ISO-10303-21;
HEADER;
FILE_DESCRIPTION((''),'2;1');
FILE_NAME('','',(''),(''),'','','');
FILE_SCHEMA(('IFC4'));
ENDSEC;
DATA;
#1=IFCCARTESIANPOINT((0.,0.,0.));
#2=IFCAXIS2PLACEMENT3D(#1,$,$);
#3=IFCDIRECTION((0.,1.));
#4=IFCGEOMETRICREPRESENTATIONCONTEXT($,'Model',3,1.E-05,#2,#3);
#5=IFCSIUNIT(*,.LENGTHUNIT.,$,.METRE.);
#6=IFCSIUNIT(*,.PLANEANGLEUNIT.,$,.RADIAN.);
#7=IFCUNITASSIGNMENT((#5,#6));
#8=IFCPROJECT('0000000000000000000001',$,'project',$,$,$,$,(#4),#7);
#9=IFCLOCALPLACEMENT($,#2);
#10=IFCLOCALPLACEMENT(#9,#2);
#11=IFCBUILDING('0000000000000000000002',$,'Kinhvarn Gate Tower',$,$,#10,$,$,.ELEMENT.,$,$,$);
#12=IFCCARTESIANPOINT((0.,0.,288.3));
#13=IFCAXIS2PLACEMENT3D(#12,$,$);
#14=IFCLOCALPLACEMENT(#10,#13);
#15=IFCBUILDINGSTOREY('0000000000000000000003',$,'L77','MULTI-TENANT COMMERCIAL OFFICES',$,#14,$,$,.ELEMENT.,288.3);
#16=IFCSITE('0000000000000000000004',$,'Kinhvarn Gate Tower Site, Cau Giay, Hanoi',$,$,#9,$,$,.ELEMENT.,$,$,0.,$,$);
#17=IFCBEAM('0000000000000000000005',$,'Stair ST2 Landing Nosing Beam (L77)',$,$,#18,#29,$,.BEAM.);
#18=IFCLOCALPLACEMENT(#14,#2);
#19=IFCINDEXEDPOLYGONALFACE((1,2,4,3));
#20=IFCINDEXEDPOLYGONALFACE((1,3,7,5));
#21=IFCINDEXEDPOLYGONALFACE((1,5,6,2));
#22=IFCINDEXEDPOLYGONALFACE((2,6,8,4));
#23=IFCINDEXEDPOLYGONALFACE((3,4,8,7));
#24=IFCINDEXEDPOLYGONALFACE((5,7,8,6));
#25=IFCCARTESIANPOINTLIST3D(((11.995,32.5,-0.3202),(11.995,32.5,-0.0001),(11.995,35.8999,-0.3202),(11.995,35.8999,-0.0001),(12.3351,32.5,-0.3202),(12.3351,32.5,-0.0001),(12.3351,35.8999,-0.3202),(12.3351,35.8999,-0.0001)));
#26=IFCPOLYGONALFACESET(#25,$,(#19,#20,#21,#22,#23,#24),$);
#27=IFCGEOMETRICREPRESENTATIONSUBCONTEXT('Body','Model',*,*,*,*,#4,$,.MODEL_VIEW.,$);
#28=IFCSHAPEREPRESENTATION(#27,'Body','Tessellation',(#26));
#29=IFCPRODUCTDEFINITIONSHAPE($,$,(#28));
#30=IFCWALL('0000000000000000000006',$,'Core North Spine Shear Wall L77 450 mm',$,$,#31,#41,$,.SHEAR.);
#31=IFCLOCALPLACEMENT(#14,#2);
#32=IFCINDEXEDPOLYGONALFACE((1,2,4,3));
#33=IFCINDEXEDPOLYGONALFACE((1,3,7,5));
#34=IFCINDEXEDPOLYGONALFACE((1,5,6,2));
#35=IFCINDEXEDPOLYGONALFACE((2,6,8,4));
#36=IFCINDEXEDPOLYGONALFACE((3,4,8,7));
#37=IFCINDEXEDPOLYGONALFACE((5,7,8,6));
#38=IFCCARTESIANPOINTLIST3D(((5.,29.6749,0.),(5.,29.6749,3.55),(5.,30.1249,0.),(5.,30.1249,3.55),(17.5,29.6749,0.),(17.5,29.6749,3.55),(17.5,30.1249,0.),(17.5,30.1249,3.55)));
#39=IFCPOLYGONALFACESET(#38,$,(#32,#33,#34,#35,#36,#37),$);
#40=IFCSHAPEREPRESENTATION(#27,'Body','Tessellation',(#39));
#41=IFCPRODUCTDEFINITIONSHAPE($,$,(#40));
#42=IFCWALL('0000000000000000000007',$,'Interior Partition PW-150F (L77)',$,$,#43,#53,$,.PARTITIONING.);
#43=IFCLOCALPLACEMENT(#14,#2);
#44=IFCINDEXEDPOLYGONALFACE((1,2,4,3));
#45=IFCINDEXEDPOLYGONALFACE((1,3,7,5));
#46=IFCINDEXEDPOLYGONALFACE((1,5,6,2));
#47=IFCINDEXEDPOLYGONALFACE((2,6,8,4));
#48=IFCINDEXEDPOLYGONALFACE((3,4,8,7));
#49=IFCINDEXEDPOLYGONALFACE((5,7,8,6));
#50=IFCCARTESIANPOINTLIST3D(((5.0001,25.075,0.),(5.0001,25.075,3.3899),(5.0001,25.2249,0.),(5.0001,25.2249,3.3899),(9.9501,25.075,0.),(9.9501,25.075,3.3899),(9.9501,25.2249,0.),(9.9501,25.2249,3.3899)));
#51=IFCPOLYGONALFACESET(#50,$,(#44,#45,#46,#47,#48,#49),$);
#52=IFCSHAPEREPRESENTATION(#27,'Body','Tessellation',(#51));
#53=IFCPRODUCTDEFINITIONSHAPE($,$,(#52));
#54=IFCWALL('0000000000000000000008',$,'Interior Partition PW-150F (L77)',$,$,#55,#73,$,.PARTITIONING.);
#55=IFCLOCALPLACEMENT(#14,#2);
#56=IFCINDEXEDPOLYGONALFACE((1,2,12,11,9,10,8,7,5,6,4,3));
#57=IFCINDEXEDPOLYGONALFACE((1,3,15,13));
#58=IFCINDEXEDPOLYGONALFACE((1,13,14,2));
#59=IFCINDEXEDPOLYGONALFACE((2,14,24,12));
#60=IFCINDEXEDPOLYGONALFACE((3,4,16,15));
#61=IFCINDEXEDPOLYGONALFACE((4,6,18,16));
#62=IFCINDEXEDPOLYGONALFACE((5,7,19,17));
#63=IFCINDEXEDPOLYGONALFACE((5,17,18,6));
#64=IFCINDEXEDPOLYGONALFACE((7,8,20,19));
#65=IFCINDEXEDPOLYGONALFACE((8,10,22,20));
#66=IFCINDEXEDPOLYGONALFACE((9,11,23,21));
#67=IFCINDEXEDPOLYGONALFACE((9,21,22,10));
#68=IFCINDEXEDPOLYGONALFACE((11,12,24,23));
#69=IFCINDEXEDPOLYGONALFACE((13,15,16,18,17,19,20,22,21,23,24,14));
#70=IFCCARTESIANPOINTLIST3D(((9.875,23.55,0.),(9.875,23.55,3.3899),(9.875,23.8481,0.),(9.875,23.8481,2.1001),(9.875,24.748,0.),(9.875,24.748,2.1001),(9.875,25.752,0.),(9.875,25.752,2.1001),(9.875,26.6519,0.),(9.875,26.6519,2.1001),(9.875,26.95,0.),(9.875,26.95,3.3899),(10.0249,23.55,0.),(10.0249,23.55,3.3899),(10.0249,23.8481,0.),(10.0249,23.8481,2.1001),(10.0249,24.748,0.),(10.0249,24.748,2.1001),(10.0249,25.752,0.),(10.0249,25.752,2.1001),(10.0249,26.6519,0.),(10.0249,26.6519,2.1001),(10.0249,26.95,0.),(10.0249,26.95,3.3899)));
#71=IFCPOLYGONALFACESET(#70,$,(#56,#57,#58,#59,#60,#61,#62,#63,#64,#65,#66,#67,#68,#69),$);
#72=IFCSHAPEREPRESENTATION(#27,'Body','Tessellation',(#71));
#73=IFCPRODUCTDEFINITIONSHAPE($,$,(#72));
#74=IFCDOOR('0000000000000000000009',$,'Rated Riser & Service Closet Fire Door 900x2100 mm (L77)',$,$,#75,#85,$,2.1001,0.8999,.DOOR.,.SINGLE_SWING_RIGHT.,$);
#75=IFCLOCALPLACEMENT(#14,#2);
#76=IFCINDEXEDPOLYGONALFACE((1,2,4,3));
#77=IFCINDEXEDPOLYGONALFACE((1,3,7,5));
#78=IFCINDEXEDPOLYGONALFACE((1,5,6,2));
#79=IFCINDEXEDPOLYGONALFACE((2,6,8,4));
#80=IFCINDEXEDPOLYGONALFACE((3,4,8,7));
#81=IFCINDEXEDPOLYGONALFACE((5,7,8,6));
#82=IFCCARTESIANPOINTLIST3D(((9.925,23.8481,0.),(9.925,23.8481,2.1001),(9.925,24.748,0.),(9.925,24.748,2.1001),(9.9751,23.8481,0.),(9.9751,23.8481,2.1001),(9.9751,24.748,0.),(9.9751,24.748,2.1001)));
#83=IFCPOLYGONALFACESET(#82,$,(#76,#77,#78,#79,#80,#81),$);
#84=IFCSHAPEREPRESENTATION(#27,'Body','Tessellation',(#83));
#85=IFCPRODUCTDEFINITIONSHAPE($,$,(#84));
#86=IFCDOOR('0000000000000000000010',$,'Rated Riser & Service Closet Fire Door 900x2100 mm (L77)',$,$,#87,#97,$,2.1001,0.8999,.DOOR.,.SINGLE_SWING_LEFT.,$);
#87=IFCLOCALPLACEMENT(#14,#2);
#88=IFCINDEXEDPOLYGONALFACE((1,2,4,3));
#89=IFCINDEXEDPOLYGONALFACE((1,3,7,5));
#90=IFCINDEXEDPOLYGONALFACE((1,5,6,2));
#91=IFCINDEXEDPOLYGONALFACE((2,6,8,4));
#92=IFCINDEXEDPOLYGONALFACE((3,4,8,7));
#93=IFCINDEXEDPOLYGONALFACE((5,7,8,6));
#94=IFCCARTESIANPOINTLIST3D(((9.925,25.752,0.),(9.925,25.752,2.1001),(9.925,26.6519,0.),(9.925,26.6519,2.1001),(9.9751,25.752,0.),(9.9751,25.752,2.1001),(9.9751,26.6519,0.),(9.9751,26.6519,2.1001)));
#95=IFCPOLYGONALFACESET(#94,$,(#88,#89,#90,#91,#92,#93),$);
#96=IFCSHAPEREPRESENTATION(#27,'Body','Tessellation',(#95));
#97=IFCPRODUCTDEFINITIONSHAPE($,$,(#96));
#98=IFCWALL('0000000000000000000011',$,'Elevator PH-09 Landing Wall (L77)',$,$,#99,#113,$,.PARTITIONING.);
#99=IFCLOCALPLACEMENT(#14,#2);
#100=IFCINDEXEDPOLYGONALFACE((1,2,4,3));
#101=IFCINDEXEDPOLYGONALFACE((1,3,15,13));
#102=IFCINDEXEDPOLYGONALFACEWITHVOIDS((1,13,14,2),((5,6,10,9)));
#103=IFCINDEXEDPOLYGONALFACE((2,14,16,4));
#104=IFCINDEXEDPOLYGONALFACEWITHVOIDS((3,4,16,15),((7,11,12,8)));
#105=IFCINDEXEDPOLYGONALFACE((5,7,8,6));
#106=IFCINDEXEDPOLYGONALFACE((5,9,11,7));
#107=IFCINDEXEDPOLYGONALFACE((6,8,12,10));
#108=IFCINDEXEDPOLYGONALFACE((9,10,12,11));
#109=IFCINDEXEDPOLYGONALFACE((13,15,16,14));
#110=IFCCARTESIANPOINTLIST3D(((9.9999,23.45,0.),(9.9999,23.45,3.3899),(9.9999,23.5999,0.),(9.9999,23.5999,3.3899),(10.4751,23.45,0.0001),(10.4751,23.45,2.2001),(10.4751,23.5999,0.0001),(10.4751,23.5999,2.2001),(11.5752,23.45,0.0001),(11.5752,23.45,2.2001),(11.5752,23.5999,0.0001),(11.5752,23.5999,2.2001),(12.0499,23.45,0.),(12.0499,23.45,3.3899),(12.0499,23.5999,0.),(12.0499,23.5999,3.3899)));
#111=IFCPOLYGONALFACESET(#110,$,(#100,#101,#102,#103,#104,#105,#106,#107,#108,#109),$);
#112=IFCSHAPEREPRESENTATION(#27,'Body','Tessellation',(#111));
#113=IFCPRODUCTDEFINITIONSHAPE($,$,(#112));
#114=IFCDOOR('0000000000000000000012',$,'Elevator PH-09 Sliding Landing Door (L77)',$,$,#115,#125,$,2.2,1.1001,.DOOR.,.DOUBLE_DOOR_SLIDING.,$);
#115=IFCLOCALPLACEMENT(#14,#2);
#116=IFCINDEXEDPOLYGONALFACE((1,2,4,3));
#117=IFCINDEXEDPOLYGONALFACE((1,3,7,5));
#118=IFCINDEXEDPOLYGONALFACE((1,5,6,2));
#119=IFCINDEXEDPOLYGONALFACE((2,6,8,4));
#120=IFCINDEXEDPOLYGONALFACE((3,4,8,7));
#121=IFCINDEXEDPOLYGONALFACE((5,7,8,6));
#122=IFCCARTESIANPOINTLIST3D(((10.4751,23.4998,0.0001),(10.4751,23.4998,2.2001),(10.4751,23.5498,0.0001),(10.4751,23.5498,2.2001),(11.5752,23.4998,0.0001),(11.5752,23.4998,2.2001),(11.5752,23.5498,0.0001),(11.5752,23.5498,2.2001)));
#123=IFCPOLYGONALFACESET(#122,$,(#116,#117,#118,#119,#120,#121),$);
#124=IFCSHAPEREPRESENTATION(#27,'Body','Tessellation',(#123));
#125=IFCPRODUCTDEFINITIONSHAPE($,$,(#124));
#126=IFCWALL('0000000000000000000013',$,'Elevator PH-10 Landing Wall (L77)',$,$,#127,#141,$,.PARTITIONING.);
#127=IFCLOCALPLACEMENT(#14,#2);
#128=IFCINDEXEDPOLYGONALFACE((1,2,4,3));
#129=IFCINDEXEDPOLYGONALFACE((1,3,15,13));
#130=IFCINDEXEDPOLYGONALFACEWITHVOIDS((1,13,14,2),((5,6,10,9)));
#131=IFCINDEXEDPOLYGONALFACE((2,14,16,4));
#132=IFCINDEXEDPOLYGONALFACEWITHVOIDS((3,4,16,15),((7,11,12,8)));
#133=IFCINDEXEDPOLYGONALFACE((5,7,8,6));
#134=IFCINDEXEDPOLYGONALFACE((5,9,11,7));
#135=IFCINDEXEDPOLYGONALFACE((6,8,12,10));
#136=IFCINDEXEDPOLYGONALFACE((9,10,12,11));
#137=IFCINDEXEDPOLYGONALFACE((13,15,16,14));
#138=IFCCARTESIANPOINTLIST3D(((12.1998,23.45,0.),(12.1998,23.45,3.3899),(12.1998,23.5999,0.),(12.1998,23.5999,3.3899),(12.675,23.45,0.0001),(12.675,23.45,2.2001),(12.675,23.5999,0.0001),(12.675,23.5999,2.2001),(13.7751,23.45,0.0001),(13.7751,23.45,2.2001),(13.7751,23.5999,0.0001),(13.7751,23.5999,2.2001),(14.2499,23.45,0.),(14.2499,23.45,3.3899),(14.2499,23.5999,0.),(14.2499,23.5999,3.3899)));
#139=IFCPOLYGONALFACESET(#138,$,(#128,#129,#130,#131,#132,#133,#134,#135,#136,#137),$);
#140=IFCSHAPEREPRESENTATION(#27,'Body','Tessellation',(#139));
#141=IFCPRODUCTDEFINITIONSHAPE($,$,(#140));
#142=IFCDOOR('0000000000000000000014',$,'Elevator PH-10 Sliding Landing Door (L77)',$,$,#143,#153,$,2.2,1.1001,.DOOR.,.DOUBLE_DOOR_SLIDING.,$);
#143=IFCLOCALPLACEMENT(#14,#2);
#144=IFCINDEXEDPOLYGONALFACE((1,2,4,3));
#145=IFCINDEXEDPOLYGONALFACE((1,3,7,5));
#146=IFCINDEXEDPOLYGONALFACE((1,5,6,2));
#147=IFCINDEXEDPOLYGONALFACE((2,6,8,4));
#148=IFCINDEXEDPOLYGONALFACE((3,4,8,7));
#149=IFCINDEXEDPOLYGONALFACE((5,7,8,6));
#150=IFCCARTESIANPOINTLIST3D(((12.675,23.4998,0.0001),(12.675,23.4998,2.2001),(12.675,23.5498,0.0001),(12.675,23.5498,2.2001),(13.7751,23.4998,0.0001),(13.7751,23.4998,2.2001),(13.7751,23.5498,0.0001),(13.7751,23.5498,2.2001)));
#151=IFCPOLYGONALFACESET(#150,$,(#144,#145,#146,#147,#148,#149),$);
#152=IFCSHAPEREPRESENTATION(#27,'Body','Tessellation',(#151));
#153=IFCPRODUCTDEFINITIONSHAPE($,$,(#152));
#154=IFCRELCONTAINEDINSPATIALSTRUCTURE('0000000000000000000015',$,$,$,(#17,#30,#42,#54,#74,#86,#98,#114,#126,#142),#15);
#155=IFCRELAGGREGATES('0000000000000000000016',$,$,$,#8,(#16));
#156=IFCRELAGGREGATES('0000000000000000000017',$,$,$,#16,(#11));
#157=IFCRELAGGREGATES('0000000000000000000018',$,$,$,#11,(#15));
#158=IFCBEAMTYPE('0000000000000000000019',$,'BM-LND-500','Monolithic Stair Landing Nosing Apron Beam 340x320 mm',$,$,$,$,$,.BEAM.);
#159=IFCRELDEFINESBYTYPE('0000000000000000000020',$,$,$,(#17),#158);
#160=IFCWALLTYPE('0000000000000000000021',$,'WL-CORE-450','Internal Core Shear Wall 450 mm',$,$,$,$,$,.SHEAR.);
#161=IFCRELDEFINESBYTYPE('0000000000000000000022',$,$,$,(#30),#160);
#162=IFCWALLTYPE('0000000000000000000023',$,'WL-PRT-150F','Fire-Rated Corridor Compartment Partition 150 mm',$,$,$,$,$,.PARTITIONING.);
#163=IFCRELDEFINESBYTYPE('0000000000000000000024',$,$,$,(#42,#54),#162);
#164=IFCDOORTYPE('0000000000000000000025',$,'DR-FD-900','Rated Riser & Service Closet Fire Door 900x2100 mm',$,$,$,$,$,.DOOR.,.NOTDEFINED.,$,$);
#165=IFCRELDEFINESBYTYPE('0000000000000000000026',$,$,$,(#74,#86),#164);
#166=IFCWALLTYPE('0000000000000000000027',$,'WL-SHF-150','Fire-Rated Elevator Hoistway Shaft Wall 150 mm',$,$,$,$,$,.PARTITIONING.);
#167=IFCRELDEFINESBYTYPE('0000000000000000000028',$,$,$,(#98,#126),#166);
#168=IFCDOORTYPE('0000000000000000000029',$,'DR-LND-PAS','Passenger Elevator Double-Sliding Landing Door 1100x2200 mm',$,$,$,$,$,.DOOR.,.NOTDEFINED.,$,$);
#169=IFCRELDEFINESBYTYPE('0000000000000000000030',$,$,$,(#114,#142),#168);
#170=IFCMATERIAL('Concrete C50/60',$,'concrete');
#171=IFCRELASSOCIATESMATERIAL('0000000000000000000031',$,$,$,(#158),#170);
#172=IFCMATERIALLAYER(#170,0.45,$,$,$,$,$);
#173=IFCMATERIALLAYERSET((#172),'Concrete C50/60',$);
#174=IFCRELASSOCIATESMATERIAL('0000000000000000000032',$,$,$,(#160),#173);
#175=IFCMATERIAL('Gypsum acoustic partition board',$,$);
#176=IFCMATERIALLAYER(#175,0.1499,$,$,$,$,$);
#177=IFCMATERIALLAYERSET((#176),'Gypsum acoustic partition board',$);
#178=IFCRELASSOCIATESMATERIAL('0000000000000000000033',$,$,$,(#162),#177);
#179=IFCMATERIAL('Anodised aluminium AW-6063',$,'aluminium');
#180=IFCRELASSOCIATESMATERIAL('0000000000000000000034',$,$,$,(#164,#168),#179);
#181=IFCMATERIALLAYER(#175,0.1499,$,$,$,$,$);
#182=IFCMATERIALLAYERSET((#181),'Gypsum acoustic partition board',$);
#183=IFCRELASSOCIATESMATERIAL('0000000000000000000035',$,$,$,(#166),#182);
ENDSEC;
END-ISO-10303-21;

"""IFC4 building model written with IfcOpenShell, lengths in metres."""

from ifc_helpers import new_model, si_unit, direction, frame, frame_2d, origin, origin_2d, place, context, subcontext, project, spatial, rectangle, extrude, material, layer, layer_set, material_profile, profile_set, type_object, element, fill, save


model = new_model("IFC4")

# Units and contexts
model_context = context("Model", 3, precision=1e-05, world=origin(), true_north=direction((0.0, 1.0)))
body_context = subcontext(model_context, "Body", "Model", "MODEL_VIEW")
ifc_project = project(units=[si_unit("LENGTHUNIT", "METRE"), si_unit("PLANEANGLEUNIT", "RADIAN")], contexts=[model_context])

# Site, building, storey
site_placement = place(None, origin())
site = spatial("IfcSite", under=ifc_project, at=site_placement, Name="Kinhvarn Gate Tower Site, Cau Giay, Hanoi", CompositionType="ELEMENT", RefElevation=0.0)
building_placement = place(site_placement, origin())
building = spatial("IfcBuilding", under=site, at=building_placement, Name="Kinhvarn Gate Tower", CompositionType="ELEMENT")
storey_placement = place(building_placement, frame((0.0, 0.0, 288.3)))
storey = spatial("IfcBuildingStorey", under=building, at=storey_placement, Name="L77", Description="MULTI-TENANT COMMERCIAL OFFICES", CompositionType="ELEMENT", Elevation=288.3)

# Beam
ifc_material_1 = material(Name="Concrete C50/60", Category="concrete")
ifc_material_profile = material_profile(ifc_material_1, rectangle(XDim=0.3401, YDim=0.3201, at=origin_2d()), Name="RC 340x320")
ifc_profile_set = profile_set([ifc_material_profile], Name="Concrete C50/60")
beam_type = type_object("IfcBeamType", Name="BM-LND-500", Description="Monolithic Stair Landing Nosing Apron Beam 340x320 mm", PredefinedType="BEAM", material=ifc_profile_set)
beam_placement = place(storey_placement, frame((12.165, 32.5, -0.1602), z_axis=(0.0, 1.0, 0.0), x_axis=(-1.0, 0.0, 0.0)))
element("IfcBeam", 1, at=beam_placement, inside=storey, type_object=beam_type, Name="Stair ST2 Landing Nosing Beam (L77)", PredefinedType="BEAM", context=body_context, shape_type="SweptSolid", body=[
    extrude(rectangle(XDim=0.3401, YDim=0.3201, at=origin_2d()), origin(), (0.0, 0.0, 1.0), 3.3999),
])

# Walls
ifc_layer_1 = layer(ifc_material_1, 0.45)
ifc_layer_set_1 = layer_set([ifc_layer_1], Name="Concrete C50/60")
wall_type_1 = type_object("IfcWallType", Name="WL-CORE-450", Description="Internal Core Shear Wall 450 mm", PredefinedType="SHEAR", material=ifc_layer_set_1)
wall_1_placement = place(storey_placement, frame((5.0, 29.8999, 0.0), z_axis=(0.0, 0.0, 1.0), x_axis=(1.0, 0.0, 0.0)))
element("IfcWall", 2, at=wall_1_placement, inside=storey, type_object=wall_type_1, Name="Core North Spine Shear Wall L77 450 mm", PredefinedType="SHEAR", context=body_context, shape_type="SweptSolid", body=[
    extrude(rectangle(XDim=12.5, YDim=0.45, at=frame_2d((6.25, 0.0))), origin(), (0.0, 0.0, 1.0), 3.55),
])
ifc_material_2 = material(Name="Gypsum acoustic partition board")
ifc_layer_2 = layer(ifc_material_2, 0.1499)
ifc_layer_set_2 = layer_set([ifc_layer_2], Name="Gypsum acoustic partition board")
wall_type_2 = type_object("IfcWallType", Name="WL-PRT-150F", Description="Fire-Rated Corridor Compartment Partition 150 mm", PredefinedType="PARTITIONING", material=ifc_layer_set_2)
wall_2_placement = place(storey_placement, frame((5.0, 25.1499, 0.0), z_axis=(0.0, 0.0, 1.0), x_axis=(1.0, 0.0, 0.0)))
element("IfcWall", 3, at=wall_2_placement, inside=storey, type_object=wall_type_2, Name="Interior Partition PW-150F (L77)", PredefinedType="PARTITIONING", context=body_context, shape_type="SweptSolid", body=[
    extrude(rectangle(XDim=4.95, YDim=0.1499, at=frame_2d((2.4751, 0.0))), origin(), (0.0, 0.0, 1.0), 3.3899),
])

# Wall, openings, doors
wall_3_placement = place(storey_placement, frame((9.95, 23.55, 0.0), z_axis=(0.0, 0.0, 1.0), x_axis=(0.0, 1.0, 0.0)))
wall_3 = element("IfcWall", 4, at=wall_3_placement, inside=storey, type_object=wall_type_2, Name="Interior Partition PW-150F (L77)", PredefinedType="PARTITIONING", context=body_context, shape_type="SweptSolid", body=[
    extrude(rectangle(XDim=3.3999, YDim=0.1499, at=frame_2d((1.7, 0.0))), origin(), (0.0, 0.0, 1.0), 3.3899),
])
opening_1_placement = place(wall_3_placement, frame((0.2981, 0.0, 0.0)))
opening_1 = element("IfcOpeningElement", 5, at=opening_1_placement, cuts=wall_3, PredefinedType="OPENING", context=body_context, shape_type="SweptSolid", body=[
    extrude(rectangle(XDim=0.8999, YDim=2.1001, at=frame_2d((0.45, 1.05))), frame((0.0, 0.085, 0.0), z_axis=(0.0, -1.0, 0.0), x_axis=(1.0, 0.0, 0.0)), (0.0, 0.0, 1.0), 0.1699),
])
opening_2_placement = place(wall_3_placement, frame((2.2019, 0.0, 0.0)))
opening_2 = element("IfcOpeningElement", 6, at=opening_2_placement, cuts=wall_3, PredefinedType="OPENING", context=body_context, shape_type="SweptSolid", body=[
    extrude(rectangle(XDim=0.8999, YDim=2.1001, at=frame_2d((0.45, 1.05))), frame((0.0, 0.085, 0.0), z_axis=(0.0, -1.0, 0.0), x_axis=(1.0, 0.0, 0.0)), (0.0, 0.0, 1.0), 0.1699),
])
ifc_material_3 = material(Name="Anodised aluminium AW-6063", Category="aluminium")
door_type_1 = type_object("IfcDoorType", Name="DR-FD-900", Description="Rated Riser & Service Closet Fire Door 900x2100 mm", OperationType="NOTDEFINED", PredefinedType="DOOR", material=ifc_material_3)
door_1_placement = place(opening_1_placement, origin())
door_1 = element("IfcDoor", 7, at=door_1_placement, inside=storey, type_object=door_type_1, Name="Rated Riser & Service Closet Fire Door 900x2100 mm (L77)", OperationType="SINGLE_SWING_RIGHT", OverallHeight=2.1001, OverallWidth=0.8999, PredefinedType="DOOR", context=body_context, shape_type="SweptSolid", body=[
    extrude(rectangle(XDim=0.8999, YDim=2.1001, at=frame_2d((0.45, 1.05))), frame((0.0, 0.0249, 0.0), z_axis=(0.0, -1.0, 0.0), x_axis=(1.0, 0.0, 0.0)), (0.0, 0.0, 1.0), 0.05),
])
fill(opening_1, door_1)
door_2_placement = place(opening_2_placement, origin())
door_2 = element("IfcDoor", 8, at=door_2_placement, inside=storey, type_object=door_type_1, Name="Rated Riser & Service Closet Fire Door 900x2100 mm (L77)", OperationType="SINGLE_SWING_LEFT", OverallHeight=2.1001, OverallWidth=0.8999, PredefinedType="DOOR", context=body_context, shape_type="SweptSolid", body=[
    extrude(rectangle(XDim=0.8999, YDim=2.1001, at=frame_2d((0.45, 1.05))), frame((0.0, 0.0249, 0.0), z_axis=(0.0, -1.0, 0.0), x_axis=(1.0, 0.0, 0.0)), (0.0, 0.0, 1.0), 0.05),
])
fill(opening_2, door_2)

# Walls, openings, doors
ifc_layer_3 = layer(ifc_material_2, 0.1499)
ifc_layer_set_3 = layer_set([ifc_layer_3], Name="Gypsum acoustic partition board")
wall_type_3 = type_object("IfcWallType", Name="WL-SHF-150", Description="Fire-Rated Elevator Hoistway Shaft Wall 150 mm", PredefinedType="PARTITIONING", material=ifc_layer_set_3)
wall_4_placement = place(storey_placement, frame((10.0, 23.5249, 0.0), z_axis=(0.0, 0.0, 1.0), x_axis=(1.0, 0.0, 0.0)))
wall_4 = element("IfcWall", 9, at=wall_4_placement, inside=storey, type_object=wall_type_3, Name="Elevator PH-09 Landing Wall (L77)", PredefinedType="PARTITIONING", context=body_context, shape_type="SweptSolid", body=[
    extrude(rectangle(XDim=2.05, YDim=0.1499, at=frame_2d((1.0249, 0.0))), origin(), (0.0, 0.0, 1.0), 3.3899),
])
opening_3_placement = place(wall_4_placement, frame((0.4751, 0.0, 0.0)))
opening_3 = element("IfcOpeningElement", 10, at=opening_3_placement, cuts=wall_4, PredefinedType="OPENING", context=body_context, shape_type="SweptSolid", body=[
    extrude(rectangle(XDim=1.1001, YDim=2.2, at=frame_2d((0.55, 1.1001))), frame((0.0, 0.085, 0.0), z_axis=(0.0, -1.0, 0.0), x_axis=(1.0, 0.0, 0.0)), (0.0, 0.0, 1.0), 0.1699),
])
door_type_2 = type_object("IfcDoorType", Name="DR-LND-PAS", Description="Passenger Elevator Double-Sliding Landing Door 1100x2200 mm", OperationType="NOTDEFINED", PredefinedType="DOOR", material=ifc_material_3)
door_3_placement = place(opening_3_placement, origin())
door_3 = element("IfcDoor", 11, at=door_3_placement, inside=storey, type_object=door_type_2, Name="Elevator PH-09 Sliding Landing Door (L77)", OperationType="DOUBLE_DOOR_SLIDING", OverallHeight=2.2, OverallWidth=1.1001, PredefinedType="DOOR", context=body_context, shape_type="SweptSolid", body=[
    extrude(rectangle(XDim=1.1001, YDim=2.2, at=frame_2d((0.55, 1.1001))), frame((0.0, 0.0249, 0.0), z_axis=(0.0, -1.0, 0.0), x_axis=(1.0, 0.0, 0.0)), (0.0, 0.0, 1.0), 0.05),
])
fill(opening_3, door_3)
wall_5_placement = place(storey_placement, frame((12.2, 23.5249, 0.0), z_axis=(0.0, 0.0, 1.0), x_axis=(1.0, 0.0, 0.0)))
wall_5 = element("IfcWall", 12, at=wall_5_placement, inside=storey, type_object=wall_type_3, Name="Elevator PH-10 Landing Wall (L77)", PredefinedType="PARTITIONING", context=body_context, shape_type="SweptSolid", body=[
    extrude(rectangle(XDim=2.05, YDim=0.1499, at=frame_2d((1.0249, 0.0))), origin(), (0.0, 0.0, 1.0), 3.3899),
])
opening_4_placement = place(wall_5_placement, frame((0.4751, 0.0, 0.0)))
opening_4 = element("IfcOpeningElement", 13, at=opening_4_placement, cuts=wall_5, PredefinedType="OPENING", context=body_context, shape_type="SweptSolid", body=[
    extrude(rectangle(XDim=1.1001, YDim=2.2, at=frame_2d((0.55, 1.1001))), frame((0.0, 0.085, 0.0), z_axis=(0.0, -1.0, 0.0), x_axis=(1.0, 0.0, 0.0)), (0.0, 0.0, 1.0), 0.1699),
])
door_4_placement = place(opening_4_placement, origin())
door_4 = element("IfcDoor", 14, at=door_4_placement, inside=storey, type_object=door_type_2, Name="Elevator PH-10 Sliding Landing Door (L77)", OperationType="DOUBLE_DOOR_SLIDING", OverallHeight=2.2, OverallWidth=1.1001, PredefinedType="DOOR", context=body_context, shape_type="SweptSolid", body=[
    extrude(rectangle(XDim=1.1001, YDim=2.2, at=frame_2d((0.55, 1.1001))), frame((0.0, 0.0249, 0.0), z_axis=(0.0, -1.0, 0.0), x_axis=(1.0, 0.0, 0.0)), (0.0, 0.0, 1.0), 0.05),
])
fill(opening_4, door_4)

save(model, "model.ifc")
